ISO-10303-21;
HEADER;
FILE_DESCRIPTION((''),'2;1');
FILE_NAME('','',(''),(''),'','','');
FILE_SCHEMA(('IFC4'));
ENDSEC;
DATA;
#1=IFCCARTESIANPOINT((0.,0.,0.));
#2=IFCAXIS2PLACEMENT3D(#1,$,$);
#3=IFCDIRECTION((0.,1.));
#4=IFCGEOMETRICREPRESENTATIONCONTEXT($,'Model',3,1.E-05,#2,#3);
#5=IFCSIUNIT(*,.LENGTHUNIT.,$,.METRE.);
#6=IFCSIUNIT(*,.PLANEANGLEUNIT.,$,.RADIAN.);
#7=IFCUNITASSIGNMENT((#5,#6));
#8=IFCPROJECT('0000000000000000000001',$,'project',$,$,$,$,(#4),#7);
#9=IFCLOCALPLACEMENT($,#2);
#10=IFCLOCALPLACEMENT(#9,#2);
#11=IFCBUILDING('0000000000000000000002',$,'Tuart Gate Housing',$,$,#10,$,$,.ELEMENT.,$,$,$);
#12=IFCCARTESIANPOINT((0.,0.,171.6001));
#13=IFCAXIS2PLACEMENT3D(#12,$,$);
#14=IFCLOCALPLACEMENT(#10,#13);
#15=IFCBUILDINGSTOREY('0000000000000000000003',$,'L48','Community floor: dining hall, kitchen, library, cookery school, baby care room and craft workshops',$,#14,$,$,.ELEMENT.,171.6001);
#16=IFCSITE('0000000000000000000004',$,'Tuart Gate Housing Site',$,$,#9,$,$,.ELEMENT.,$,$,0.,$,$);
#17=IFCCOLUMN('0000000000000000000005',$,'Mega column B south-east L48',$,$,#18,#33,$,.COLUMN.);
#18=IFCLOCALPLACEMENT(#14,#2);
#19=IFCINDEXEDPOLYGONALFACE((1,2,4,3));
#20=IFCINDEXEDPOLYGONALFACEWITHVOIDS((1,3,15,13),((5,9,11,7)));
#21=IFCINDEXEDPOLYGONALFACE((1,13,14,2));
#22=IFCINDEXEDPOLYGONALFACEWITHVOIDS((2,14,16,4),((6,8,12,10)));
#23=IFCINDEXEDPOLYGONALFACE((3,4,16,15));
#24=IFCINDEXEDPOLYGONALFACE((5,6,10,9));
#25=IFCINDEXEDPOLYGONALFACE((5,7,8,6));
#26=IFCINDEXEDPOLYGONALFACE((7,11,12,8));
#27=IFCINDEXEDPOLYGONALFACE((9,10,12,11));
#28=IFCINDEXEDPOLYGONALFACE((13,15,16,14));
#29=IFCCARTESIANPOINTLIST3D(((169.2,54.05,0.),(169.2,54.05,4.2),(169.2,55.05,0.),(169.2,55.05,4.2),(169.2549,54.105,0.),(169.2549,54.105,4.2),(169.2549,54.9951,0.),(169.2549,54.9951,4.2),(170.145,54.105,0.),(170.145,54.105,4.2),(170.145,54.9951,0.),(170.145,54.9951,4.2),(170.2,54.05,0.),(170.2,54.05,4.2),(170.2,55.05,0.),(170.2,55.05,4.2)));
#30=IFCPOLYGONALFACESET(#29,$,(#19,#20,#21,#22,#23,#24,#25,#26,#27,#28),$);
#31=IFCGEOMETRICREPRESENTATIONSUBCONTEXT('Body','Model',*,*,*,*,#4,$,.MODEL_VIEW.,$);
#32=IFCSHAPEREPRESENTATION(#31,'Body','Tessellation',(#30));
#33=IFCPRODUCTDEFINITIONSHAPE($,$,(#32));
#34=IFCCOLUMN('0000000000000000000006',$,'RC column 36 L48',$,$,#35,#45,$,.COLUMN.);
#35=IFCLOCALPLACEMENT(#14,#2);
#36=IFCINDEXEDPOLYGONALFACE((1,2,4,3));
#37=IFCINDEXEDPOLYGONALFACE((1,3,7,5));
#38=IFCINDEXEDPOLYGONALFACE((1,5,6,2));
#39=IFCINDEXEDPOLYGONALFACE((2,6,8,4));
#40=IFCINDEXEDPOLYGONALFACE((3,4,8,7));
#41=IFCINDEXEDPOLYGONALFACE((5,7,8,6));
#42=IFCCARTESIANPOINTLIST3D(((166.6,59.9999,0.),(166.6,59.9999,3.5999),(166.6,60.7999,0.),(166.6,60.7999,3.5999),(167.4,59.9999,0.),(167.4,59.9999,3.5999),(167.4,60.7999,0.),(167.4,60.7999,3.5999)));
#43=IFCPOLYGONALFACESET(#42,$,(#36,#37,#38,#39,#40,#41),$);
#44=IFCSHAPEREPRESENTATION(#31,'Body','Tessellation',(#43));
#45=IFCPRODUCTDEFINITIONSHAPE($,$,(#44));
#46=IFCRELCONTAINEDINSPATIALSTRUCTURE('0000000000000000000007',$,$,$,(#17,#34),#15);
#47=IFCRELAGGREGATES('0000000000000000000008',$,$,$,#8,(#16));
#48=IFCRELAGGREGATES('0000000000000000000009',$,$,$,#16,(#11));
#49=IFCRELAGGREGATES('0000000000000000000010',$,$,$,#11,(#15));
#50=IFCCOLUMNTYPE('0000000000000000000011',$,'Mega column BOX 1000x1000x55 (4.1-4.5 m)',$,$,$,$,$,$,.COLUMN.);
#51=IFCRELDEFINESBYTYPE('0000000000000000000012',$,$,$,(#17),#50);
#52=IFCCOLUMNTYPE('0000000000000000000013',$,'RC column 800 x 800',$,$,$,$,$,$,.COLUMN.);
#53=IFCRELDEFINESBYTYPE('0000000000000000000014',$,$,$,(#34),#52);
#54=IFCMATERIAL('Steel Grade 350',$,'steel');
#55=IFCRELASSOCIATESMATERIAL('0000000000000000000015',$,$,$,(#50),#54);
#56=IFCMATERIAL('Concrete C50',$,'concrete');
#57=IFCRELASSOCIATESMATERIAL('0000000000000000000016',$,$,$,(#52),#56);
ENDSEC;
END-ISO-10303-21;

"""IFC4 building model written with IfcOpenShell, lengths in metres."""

from ifc_helpers import new_model, si_unit, direction, frame, origin, origin_2d, place, context, subcontext, project, spatial, rectangle, hollow_rectangle, extrude, material, material_profile, profile_set, type_object, element, save


model = new_model("IFC4")

# Units and contexts
model_context = context("Model", 3, precision=1e-05, world=origin(), true_north=direction((0.0, 1.0)))
body_context = subcontext(model_context, "Body", "Model", "MODEL_VIEW")
ifc_project = project(units=[si_unit("LENGTHUNIT", "METRE"), si_unit("PLANEANGLEUNIT", "RADIAN")], contexts=[model_context])

# Site, building, storey
site_placement = place(None, origin())
site = spatial("IfcSite", under=ifc_project, at=site_placement, Name="Tuart Gate Housing Site", CompositionType="ELEMENT", RefElevation=0.0)
building_placement = place(site_placement, origin())
building = spatial("IfcBuilding", under=site, at=building_placement, Name="Tuart Gate Housing", CompositionType="ELEMENT")
storey_placement = place(building_placement, frame((0.0, 0.0, 171.6001)))
storey = spatial("IfcBuildingStorey", under=building, at=storey_placement, Name="L48", Description="Community floor: dining hall, kitchen, library, cookery school, baby care room and craft workshops", CompositionType="ELEMENT", Elevation=171.6001)

# Columns
ifc_material_1 = material(Name="Steel Grade 350", Category="steel")
ifc_material_profile_1 = material_profile(ifc_material_1, hollow_rectangle(XDim=1.0, YDim=1.0, WallThickness=0.0549, at=origin_2d()), Name="BOX 1000x1000x55")
ifc_profile_set_1 = profile_set([ifc_material_profile_1], Name="Steel Grade 350")
column_type_1 = type_object("IfcColumnType", Name="Mega column BOX 1000x1000x55 (4.1-4.5 m)", PredefinedType="COLUMN", material=ifc_profile_set_1)
column_1_placement = place(storey_placement, frame((169.7, 54.55, 0.0), z_axis=(0.0, 0.0, 1.0), x_axis=(1.0, 0.0, 0.0)))
element("IfcColumn", 1, at=column_1_placement, inside=storey, type_object=column_type_1, Name="Mega column B south-east L48", PredefinedType="COLUMN", context=body_context, shape_type="SweptSolid", body=[
    extrude(hollow_rectangle(XDim=1.0, YDim=1.0, WallThickness=0.0549, at=origin_2d()), origin(), (0.0, 0.0, 1.0), 4.2),
])
ifc_material_2 = material(Name="Concrete C50", Category="concrete")
ifc_material_profile_2 = material_profile(ifc_material_2, rectangle(XDim=0.8, YDim=0.8, at=origin_2d()), Name="RC column 800 x 800")
ifc_profile_set_2 = profile_set([ifc_material_profile_2], Name="Concrete C50")
column_type_2 = type_object("IfcColumnType", Name="RC column 800 x 800", PredefinedType="COLUMN", material=ifc_profile_set_2)
column_2_placement = place(storey_placement, frame((167.0, 60.3999, 0.0), z_axis=(0.0, 0.0, 1.0), x_axis=(1.0, 0.0, 0.0)))
element("IfcColumn", 2, at=column_2_placement, inside=storey, type_object=column_type_2, Name="RC column 36 L48", PredefinedType="COLUMN", context=body_context, shape_type="SweptSolid", body=[
    extrude(rectangle(XDim=0.8, YDim=0.8, at=origin_2d()), origin(), (0.0, 0.0, 1.0), 3.5999),
])

save(model, "model.ifc")
